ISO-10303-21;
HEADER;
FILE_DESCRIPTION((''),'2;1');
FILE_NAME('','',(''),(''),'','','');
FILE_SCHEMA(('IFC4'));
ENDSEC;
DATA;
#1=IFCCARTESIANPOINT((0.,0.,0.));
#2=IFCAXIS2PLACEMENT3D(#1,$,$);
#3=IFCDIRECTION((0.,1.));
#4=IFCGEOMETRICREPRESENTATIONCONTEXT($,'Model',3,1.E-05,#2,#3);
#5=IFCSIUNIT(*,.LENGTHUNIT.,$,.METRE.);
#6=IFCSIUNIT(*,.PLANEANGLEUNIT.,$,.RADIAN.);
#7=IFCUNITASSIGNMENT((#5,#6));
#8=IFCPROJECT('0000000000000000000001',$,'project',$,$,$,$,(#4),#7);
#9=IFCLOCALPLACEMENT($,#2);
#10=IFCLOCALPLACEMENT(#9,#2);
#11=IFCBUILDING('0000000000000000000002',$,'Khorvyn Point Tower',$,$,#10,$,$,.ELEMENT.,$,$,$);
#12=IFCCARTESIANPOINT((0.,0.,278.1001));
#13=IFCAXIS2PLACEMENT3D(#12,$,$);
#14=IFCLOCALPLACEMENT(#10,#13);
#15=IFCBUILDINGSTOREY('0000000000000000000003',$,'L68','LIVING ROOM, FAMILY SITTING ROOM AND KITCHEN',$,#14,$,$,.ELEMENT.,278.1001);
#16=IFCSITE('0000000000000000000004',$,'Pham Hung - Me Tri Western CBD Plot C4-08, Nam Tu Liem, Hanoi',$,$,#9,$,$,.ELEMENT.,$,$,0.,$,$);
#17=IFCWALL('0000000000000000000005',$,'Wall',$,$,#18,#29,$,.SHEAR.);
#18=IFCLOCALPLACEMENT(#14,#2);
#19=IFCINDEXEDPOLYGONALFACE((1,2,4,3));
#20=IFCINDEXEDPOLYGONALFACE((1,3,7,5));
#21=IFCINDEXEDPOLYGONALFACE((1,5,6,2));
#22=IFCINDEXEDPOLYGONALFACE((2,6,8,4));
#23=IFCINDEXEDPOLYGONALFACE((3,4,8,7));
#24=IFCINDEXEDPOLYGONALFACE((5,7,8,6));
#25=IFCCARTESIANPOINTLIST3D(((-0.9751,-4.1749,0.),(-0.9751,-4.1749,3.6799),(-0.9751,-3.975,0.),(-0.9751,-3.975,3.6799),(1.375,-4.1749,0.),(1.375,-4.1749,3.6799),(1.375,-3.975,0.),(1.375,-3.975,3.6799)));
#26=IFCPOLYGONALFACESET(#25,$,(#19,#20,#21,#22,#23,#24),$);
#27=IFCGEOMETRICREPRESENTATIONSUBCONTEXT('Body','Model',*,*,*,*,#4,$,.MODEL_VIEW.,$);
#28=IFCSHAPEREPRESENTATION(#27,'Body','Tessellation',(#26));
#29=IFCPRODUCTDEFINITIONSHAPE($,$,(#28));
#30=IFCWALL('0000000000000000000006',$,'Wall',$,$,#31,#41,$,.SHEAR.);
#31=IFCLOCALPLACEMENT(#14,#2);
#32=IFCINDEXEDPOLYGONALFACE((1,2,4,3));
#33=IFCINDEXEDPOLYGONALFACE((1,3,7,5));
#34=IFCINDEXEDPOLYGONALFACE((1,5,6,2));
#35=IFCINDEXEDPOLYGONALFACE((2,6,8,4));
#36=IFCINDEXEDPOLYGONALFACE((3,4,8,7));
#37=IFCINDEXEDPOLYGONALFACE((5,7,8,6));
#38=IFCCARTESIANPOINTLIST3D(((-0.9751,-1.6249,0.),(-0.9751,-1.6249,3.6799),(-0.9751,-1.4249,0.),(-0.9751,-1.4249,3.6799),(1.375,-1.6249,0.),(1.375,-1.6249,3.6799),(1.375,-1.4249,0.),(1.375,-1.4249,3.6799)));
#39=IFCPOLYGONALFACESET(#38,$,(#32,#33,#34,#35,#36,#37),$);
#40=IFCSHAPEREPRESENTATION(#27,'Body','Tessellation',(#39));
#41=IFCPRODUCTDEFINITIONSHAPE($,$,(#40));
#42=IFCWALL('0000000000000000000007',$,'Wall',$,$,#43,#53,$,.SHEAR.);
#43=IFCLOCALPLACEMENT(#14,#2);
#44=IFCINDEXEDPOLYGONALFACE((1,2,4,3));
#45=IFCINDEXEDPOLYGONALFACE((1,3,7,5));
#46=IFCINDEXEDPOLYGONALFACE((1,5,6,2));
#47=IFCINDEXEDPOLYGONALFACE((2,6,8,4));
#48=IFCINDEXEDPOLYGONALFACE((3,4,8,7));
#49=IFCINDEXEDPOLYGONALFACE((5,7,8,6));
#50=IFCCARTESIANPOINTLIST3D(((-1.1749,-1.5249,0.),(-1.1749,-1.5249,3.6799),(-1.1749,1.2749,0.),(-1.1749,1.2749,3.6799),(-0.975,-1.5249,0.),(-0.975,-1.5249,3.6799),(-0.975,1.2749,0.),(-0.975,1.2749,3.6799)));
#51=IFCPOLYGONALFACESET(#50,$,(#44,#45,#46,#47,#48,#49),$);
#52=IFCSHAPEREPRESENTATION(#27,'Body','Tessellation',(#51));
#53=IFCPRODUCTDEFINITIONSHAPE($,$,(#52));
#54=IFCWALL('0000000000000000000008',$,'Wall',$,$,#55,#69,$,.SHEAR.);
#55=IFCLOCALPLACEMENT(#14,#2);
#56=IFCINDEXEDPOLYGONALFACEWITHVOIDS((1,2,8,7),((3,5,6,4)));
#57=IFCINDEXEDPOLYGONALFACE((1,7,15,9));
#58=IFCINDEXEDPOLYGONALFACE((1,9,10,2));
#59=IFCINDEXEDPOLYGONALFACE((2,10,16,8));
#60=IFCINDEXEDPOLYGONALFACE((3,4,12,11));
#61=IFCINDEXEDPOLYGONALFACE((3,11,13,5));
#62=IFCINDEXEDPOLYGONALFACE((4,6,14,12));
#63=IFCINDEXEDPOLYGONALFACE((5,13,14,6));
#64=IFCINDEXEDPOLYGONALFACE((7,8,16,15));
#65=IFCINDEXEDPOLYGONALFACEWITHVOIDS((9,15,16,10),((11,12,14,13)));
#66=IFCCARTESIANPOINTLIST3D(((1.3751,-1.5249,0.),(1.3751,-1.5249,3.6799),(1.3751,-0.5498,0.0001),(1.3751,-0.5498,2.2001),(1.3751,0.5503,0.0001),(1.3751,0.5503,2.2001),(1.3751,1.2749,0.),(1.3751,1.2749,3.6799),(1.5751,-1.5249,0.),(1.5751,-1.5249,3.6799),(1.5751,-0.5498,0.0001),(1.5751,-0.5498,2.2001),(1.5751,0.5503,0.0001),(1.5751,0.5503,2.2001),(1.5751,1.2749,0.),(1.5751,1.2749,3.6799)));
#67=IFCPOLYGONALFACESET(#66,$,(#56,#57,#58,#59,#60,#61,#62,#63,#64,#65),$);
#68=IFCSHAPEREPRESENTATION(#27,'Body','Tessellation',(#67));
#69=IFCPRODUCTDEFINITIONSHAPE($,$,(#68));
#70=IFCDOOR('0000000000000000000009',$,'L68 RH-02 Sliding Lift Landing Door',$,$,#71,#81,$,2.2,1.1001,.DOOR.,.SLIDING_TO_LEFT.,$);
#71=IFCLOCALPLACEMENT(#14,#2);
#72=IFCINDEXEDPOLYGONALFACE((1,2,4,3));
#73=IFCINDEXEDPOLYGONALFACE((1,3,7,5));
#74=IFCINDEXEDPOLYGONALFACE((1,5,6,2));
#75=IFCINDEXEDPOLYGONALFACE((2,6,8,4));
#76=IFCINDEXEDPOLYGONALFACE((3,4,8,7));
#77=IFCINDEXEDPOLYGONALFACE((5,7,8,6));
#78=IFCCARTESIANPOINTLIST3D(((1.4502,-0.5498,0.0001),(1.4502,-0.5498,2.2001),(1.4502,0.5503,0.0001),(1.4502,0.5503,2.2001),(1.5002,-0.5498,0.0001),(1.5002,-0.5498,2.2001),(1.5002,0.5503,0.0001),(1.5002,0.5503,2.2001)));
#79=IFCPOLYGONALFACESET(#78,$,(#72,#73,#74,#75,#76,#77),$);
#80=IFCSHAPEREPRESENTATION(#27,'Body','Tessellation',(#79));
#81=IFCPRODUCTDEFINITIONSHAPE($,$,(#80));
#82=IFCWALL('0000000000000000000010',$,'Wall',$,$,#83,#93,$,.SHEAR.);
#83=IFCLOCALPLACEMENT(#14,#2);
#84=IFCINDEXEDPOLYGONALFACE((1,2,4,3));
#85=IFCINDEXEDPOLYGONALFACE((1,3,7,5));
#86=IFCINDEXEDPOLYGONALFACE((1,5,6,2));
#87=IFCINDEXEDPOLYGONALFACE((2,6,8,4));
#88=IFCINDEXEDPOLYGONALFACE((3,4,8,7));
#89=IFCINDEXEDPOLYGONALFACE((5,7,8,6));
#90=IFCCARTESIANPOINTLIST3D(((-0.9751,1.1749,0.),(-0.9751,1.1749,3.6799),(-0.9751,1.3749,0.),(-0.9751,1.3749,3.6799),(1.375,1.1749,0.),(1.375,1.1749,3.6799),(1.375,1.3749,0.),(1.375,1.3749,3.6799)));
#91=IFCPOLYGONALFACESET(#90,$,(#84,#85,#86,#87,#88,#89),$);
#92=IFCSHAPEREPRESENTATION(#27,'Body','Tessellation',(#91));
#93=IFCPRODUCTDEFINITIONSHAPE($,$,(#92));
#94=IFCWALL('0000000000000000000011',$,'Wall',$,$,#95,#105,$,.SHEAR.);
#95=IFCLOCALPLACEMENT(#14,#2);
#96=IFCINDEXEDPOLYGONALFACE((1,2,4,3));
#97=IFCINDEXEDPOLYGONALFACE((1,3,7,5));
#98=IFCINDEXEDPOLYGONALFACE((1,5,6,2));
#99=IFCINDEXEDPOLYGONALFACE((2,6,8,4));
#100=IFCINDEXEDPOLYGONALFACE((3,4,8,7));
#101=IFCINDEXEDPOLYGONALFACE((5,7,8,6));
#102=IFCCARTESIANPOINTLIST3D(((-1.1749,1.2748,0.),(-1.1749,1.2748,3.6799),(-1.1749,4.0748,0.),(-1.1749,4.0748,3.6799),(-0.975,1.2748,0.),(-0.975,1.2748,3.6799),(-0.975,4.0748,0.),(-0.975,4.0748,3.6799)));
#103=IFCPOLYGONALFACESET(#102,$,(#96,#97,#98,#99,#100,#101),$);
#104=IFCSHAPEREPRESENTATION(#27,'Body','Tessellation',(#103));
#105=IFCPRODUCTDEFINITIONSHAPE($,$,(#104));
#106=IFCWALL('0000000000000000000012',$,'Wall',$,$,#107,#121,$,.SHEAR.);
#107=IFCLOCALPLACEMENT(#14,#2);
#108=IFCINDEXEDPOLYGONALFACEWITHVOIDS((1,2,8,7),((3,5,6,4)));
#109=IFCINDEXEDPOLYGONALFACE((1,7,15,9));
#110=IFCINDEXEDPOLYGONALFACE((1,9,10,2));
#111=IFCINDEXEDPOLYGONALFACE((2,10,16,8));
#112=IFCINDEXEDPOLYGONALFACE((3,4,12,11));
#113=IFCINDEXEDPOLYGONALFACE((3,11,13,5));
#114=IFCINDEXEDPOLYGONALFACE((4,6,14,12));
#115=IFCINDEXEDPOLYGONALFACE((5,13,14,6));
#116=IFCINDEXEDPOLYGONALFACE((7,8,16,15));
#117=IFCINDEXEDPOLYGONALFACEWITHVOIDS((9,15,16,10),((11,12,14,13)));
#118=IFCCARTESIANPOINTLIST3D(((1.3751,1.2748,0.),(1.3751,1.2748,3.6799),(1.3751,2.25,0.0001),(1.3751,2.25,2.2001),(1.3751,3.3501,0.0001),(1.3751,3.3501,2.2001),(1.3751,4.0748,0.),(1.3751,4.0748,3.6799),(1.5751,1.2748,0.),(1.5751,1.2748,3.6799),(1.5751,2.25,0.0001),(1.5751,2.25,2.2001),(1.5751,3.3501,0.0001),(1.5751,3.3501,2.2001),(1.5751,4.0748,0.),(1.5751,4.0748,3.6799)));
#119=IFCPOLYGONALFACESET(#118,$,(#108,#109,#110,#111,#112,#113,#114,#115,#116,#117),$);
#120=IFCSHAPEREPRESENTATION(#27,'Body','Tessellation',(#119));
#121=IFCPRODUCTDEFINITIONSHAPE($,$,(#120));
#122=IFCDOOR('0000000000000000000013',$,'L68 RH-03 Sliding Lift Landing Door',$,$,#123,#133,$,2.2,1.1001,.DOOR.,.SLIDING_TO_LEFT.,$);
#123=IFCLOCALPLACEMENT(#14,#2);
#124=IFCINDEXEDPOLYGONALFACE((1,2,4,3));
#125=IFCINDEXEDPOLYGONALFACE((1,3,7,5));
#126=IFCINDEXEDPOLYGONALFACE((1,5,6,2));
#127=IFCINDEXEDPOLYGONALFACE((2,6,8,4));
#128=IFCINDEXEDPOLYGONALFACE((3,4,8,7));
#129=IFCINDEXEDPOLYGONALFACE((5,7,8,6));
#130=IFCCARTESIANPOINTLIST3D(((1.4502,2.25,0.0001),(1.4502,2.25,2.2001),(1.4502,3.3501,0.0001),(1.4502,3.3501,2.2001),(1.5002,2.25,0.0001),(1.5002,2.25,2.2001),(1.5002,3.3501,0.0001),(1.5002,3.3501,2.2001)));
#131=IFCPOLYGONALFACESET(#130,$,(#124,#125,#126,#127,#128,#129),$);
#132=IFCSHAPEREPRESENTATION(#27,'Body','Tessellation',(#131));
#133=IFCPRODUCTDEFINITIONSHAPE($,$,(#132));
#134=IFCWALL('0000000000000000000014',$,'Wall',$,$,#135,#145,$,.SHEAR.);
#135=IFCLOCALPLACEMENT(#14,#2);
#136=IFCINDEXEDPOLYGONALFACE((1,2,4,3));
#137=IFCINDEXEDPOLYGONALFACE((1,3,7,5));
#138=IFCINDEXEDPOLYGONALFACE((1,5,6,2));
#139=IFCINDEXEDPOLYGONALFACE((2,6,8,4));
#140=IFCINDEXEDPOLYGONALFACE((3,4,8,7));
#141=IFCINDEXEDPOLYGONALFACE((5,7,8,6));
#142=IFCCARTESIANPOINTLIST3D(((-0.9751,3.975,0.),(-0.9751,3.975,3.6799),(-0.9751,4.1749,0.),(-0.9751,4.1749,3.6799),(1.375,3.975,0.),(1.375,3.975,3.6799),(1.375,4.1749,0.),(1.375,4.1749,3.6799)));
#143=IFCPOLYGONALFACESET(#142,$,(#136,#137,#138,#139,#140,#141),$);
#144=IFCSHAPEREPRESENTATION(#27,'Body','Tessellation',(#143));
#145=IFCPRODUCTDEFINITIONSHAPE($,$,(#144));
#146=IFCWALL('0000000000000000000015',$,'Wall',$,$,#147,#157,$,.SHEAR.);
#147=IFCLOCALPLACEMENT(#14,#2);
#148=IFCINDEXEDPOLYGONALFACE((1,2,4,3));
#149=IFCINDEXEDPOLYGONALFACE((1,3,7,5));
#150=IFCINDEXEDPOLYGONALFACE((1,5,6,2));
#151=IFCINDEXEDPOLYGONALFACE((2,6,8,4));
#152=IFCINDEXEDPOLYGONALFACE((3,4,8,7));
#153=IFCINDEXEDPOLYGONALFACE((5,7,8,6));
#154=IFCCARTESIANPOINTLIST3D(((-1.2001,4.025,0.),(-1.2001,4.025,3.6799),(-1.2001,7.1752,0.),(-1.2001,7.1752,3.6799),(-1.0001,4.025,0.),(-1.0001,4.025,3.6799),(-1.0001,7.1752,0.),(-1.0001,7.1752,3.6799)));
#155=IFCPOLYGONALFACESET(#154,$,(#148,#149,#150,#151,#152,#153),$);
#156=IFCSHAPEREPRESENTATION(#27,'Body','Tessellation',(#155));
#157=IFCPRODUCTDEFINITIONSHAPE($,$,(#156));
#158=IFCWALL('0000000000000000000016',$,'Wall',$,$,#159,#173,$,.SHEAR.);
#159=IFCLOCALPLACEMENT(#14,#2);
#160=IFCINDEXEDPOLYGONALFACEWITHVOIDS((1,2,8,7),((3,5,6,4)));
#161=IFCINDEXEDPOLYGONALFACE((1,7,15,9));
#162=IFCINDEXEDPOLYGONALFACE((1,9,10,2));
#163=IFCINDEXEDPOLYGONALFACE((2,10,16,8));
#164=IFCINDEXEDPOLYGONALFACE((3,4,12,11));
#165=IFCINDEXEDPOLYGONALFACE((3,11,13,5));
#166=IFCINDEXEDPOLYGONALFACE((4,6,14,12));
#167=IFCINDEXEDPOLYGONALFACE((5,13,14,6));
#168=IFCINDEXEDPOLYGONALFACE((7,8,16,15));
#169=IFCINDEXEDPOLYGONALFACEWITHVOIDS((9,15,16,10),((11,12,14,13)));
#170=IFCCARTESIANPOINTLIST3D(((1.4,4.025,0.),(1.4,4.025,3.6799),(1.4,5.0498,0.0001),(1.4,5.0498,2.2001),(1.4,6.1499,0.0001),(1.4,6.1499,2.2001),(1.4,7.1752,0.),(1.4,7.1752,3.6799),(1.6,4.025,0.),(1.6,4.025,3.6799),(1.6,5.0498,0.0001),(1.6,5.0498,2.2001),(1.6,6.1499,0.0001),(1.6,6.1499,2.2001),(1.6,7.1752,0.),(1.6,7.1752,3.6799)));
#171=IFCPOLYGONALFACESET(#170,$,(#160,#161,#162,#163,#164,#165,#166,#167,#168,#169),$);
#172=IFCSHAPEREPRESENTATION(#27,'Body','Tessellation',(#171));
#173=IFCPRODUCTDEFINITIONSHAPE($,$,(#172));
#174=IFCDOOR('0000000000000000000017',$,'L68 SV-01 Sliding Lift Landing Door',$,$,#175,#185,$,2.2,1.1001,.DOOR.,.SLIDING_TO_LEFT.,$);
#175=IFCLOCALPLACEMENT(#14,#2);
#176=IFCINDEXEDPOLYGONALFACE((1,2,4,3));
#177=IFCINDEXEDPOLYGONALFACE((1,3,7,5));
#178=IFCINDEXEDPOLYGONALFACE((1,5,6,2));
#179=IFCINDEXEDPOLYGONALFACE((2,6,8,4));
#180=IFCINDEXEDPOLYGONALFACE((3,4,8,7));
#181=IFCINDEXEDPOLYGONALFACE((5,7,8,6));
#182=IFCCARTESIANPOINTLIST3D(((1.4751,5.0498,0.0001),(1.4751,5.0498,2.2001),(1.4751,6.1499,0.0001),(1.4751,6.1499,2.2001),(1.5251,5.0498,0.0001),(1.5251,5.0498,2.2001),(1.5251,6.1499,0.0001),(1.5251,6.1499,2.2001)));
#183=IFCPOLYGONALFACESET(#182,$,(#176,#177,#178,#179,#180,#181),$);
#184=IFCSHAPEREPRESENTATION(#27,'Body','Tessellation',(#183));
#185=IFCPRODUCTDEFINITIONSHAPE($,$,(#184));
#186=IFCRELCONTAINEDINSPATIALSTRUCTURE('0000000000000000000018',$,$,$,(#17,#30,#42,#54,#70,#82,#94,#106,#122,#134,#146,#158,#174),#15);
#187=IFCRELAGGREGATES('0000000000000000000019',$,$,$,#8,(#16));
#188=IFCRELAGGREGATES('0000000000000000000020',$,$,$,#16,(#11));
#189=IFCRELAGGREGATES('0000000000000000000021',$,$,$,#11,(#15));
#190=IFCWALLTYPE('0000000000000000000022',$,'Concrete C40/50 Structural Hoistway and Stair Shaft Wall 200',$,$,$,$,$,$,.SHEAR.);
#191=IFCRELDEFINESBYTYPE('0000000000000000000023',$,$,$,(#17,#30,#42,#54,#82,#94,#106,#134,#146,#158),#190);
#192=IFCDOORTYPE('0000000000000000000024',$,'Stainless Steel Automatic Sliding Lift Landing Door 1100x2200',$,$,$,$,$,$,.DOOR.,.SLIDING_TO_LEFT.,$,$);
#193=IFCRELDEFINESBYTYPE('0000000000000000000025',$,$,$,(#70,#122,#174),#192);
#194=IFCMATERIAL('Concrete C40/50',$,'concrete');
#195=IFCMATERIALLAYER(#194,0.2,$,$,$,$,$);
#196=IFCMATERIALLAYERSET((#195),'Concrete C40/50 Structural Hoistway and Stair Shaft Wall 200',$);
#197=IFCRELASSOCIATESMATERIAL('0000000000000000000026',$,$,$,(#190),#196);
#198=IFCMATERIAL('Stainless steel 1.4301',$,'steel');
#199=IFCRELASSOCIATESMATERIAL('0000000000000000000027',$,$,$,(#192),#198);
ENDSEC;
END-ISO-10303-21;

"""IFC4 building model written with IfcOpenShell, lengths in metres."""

from ifc_helpers import new_model, si_unit, direction, frame, frame_2d, origin, place, context, subcontext, project, spatial, rectangle, extrude, material, layer, layer_set, type_object, element, fill, save


model = new_model("IFC4")

# Units and contexts
model_context = context("Model", 3, precision=1e-05, world=origin(), true_north=direction((0.0, 1.0)))
body_context = subcontext(model_context, "Body", "Model", "MODEL_VIEW")
ifc_project = project(units=[si_unit("LENGTHUNIT", "METRE"), si_unit("PLANEANGLEUNIT", "RADIAN")], contexts=[model_context])

# Site, building, storey
site_placement = place(None, origin())
site = spatial("IfcSite", under=ifc_project, at=site_placement, Name="Pham Hung - Me Tri Western CBD Plot C4-08, Nam Tu Liem, Hanoi", CompositionType="ELEMENT", RefElevation=0.0)
building_placement = place(site_placement, origin())
building = spatial("IfcBuilding", under=site, at=building_placement, Name="Khorvyn Point Tower", CompositionType="ELEMENT")
storey_placement = place(building_placement, frame((0.0, 0.0, 278.1001)))
storey = spatial("IfcBuildingStorey", under=building, at=storey_placement, Name="L68", Description="LIVING ROOM, FAMILY SITTING ROOM AND KITCHEN", CompositionType="ELEMENT", Elevation=278.1001)

# Shared definitions
ifc_material_1 = material(Name="Concrete C40/50", Category="concrete")

# Walls
ifc_layer_1 = layer(ifc_material_1, 0.2)
ifc_layer_set_1 = layer_set([ifc_layer_1], Name="Concrete C40/50 Structural Hoistway and Stair Shaft Wall 200")
wall_type_1 = type_object("IfcWallType", Name="Concrete C40/50 Structural Hoistway and Stair Shaft Wall 200", PredefinedType="SHEAR", material=ifc_layer_set_1)
for number, where, z_axis, x_axis, name in (
    (1, (-0.9751, -4.075, 0.0), (0.0, 0.0, 1.0), (1.0, 0.0, 0.0), "Wall"),
    (2, (-0.9751, -1.5249, 0.0), (0.0, 0.0, 1.0), (1.0, 0.0, 0.0), "Wall"),
):
    element("IfcWall", number, at=place(storey_placement, frame(where, z_axis=z_axis, x_axis=x_axis)), inside=storey, type_object=wall_type_1, Name=name, PredefinedType="SHEAR", context=body_context, shape_type="SweptSolid", body=[
        extrude(rectangle(XDim=2.3501, YDim=0.2, at=frame_2d((1.175, 0.0))), origin(), (0.0, 0.0, 1.0), 3.6799),
    ])
wall_1_placement = place(storey_placement, frame((-1.075, -1.5249, 0.0), z_axis=(0.0, 0.0, 1.0), x_axis=(0.0, 1.0, 0.0)))
element("IfcWall", 3, at=wall_1_placement, inside=storey, type_object=wall_type_1, Name="Wall", PredefinedType="SHEAR", context=body_context, shape_type="SweptSolid", body=[
    extrude(rectangle(XDim=2.7998, YDim=0.2, at=frame_2d((1.3999, 0.0))), origin(), (0.0, 0.0, 1.0), 3.6799),
])

# Wall, opening, door
wall_2_placement = place(storey_placement, frame((1.4751, -1.5249, 0.0), z_axis=(0.0, 0.0, 1.0), x_axis=(0.0, 1.0, 0.0)))
wall_2 = element("IfcWall", 4, at=wall_2_placement, inside=storey, type_object=wall_type_1, Name="Wall", PredefinedType="SHEAR", context=body_context, shape_type="SweptSolid", body=[
    extrude(rectangle(XDim=2.7998, YDim=0.2, at=frame_2d((1.3999, 0.0))), origin(), (0.0, 0.0, 1.0), 3.6799),
])
opening_1_placement = place(wall_2_placement, frame((0.9751, 0.0, 0.0)))
opening_1 = element("IfcOpeningElement", 5, at=opening_1_placement, cuts=wall_2, PredefinedType="OPENING", context=body_context, shape_type="SweptSolid", body=[
    extrude(rectangle(XDim=1.1001, YDim=2.2, at=frame_2d((0.55, 1.1001))), frame((0.0, 0.1099, 0.0), z_axis=(0.0, -1.0, 0.0), x_axis=(1.0, 0.0, 0.0)), (0.0, 0.0, 1.0), 0.22),
])
ifc_material_2 = material(Name="Stainless steel 1.4301", Category="steel")
door_type = type_object("IfcDoorType", Name="Stainless Steel Automatic Sliding Lift Landing Door 1100x2200", OperationType="SLIDING_TO_LEFT", PredefinedType="DOOR", material=ifc_material_2)
door_1_placement = place(opening_1_placement, origin())
door_1 = element("IfcDoor", 6, at=door_1_placement, inside=storey, type_object=door_type, Name="L68 RH-02 Sliding Lift Landing Door", OperationType="SLIDING_TO_LEFT", OverallHeight=2.2, OverallWidth=1.1001, PredefinedType="DOOR", context=body_context, shape_type="SweptSolid", body=[
    extrude(rectangle(XDim=1.1001, YDim=2.2, at=frame_2d((0.55, 1.1001))), frame((0.0, 0.0249, 0.0), z_axis=(0.0, -1.0, 0.0), x_axis=(1.0, 0.0, 0.0)), (0.0, 0.0, 1.0), 0.05),
])
fill(opening_1, door_1)

# Walls
wall_3_placement = place(storey_placement, frame((-0.9751, 1.2749, 0.0), z_axis=(0.0, 0.0, 1.0), x_axis=(1.0, 0.0, 0.0)))
element("IfcWall", 7, at=wall_3_placement, inside=storey, type_object=wall_type_1, Name="Wall", PredefinedType="SHEAR", context=body_context, shape_type="SweptSolid", body=[
    extrude(rectangle(XDim=2.3501, YDim=0.2, at=frame_2d((1.175, 0.0))), origin(), (0.0, 0.0, 1.0), 3.6799),
])
wall_4_placement = place(storey_placement, frame((-1.075, 1.2749, 0.0), z_axis=(0.0, 0.0, 1.0), x_axis=(0.0, 1.0, 0.0)))
element("IfcWall", 8, at=wall_4_placement, inside=storey, type_object=wall_type_1, Name="Wall", PredefinedType="SHEAR", context=body_context, shape_type="SweptSolid", body=[
    extrude(rectangle(XDim=2.8, YDim=0.2, at=frame_2d((1.3999, 0.0))), origin(), (0.0, 0.0, 1.0), 3.6799),
])

# Wall, opening, door
wall_5_placement = place(storey_placement, frame((1.4751, 1.2749, 0.0), z_axis=(0.0, 0.0, 1.0), x_axis=(0.0, 1.0, 0.0)))
wall_5 = element("IfcWall", 9, at=wall_5_placement, inside=storey, type_object=wall_type_1, Name="Wall", PredefinedType="SHEAR", context=body_context, shape_type="SweptSolid", body=[
    extrude(rectangle(XDim=2.8, YDim=0.2, at=frame_2d((1.3999, 0.0))), origin(), (0.0, 0.0, 1.0), 3.6799),
])
opening_2_placement = place(wall_5_placement, frame((0.9751, 0.0, 0.0)))
opening_2 = element("IfcOpeningElement", 10, at=opening_2_placement, cuts=wall_5, PredefinedType="OPENING", context=body_context, shape_type="SweptSolid", body=[
    extrude(rectangle(XDim=1.1001, YDim=2.2, at=frame_2d((0.55, 1.1001))), frame((0.0, 0.1099, 0.0), z_axis=(0.0, -1.0, 0.0), x_axis=(1.0, 0.0, 0.0)), (0.0, 0.0, 1.0), 0.22),
])
door_2_placement = place(opening_2_placement, origin())
door_2 = element("IfcDoor", 11, at=door_2_placement, inside=storey, type_object=door_type, Name="L68 RH-03 Sliding Lift Landing Door", OperationType="SLIDING_TO_LEFT", OverallHeight=2.2, OverallWidth=1.1001, PredefinedType="DOOR", context=body_context, shape_type="SweptSolid", body=[
    extrude(rectangle(XDim=1.1001, YDim=2.2, at=frame_2d((0.55, 1.1001))), frame((0.0, 0.0249, 0.0), z_axis=(0.0, -1.0, 0.0), x_axis=(1.0, 0.0, 0.0)), (0.0, 0.0, 1.0), 0.05),
])
fill(opening_2, door_2)

# Walls
wall_6_placement = place(storey_placement, frame((-0.9751, 4.075, 0.0), z_axis=(0.0, 0.0, 1.0), x_axis=(1.0, 0.0, 0.0)))
element("IfcWall", 12, at=wall_6_placement, inside=storey, type_object=wall_type_1, Name="Wall", PredefinedType="SHEAR", context=body_context, shape_type="SweptSolid", body=[
    extrude(rectangle(XDim=2.3501, YDim=0.2, at=frame_2d((1.175, 0.0))), origin(), (0.0, 0.0, 1.0), 3.6799),
])
wall_7_placement = place(storey_placement, frame((-1.1001, 4.0249, 0.0), z_axis=(0.0, 0.0, 1.0), x_axis=(0.0, 1.0, 0.0)))
element("IfcWall", 13, at=wall_7_placement, inside=storey, type_object=wall_type_1, Name="Wall", PredefinedType="SHEAR", context=body_context, shape_type="SweptSolid", body=[
    extrude(rectangle(XDim=3.1501, YDim=0.2, at=frame_2d((1.5752, 0.0))), origin(), (0.0, 0.0, 1.0), 3.6799),
])

# Wall, opening, door
wall_8_placement = place(storey_placement, frame((1.5, 4.0249, 0.0), z_axis=(0.0, 0.0, 1.0), x_axis=(0.0, 1.0, 0.0)))
wall_8 = element("IfcWall", 14, at=wall_8_placement, inside=storey, type_object=wall_type_1, Name="Wall", PredefinedType="SHEAR", context=body_context, shape_type="SweptSolid", body=[
    extrude(rectangle(XDim=3.1501, YDim=0.2, at=frame_2d((1.5752, 0.0))), origin(), (0.0, 0.0, 1.0), 3.6799),
])
opening_3_placement = place(wall_8_placement, frame((1.0249, 0.0, 0.0)))
opening_3 = element("IfcOpeningElement", 15, at=opening_3_placement, cuts=wall_8, PredefinedType="OPENING", context=body_context, shape_type="SweptSolid", body=[
    extrude(rectangle(XDim=1.1001, YDim=2.2, at=frame_2d((0.55, 1.1001))), frame((0.0, 0.1099, 0.0), z_axis=(0.0, -1.0, 0.0), x_axis=(1.0, 0.0, 0.0)), (0.0, 0.0, 1.0), 0.22),
])
door_3_placement = place(opening_3_placement, origin())
door_3 = element("IfcDoor", 16, at=door_3_placement, inside=storey, type_object=door_type, Name="L68 SV-01 Sliding Lift Landing Door", OperationType="SLIDING_TO_LEFT", OverallHeight=2.2, OverallWidth=1.1001, PredefinedType="DOOR", context=body_context, shape_type="SweptSolid", body=[
    extrude(rectangle(XDim=1.1001, YDim=2.2, at=frame_2d((0.55, 1.1001))), frame((0.0, 0.0249, 0.0), z_axis=(0.0, -1.0, 0.0), x_axis=(1.0, 0.0, 0.0)), (0.0, 0.0, 1.0), 0.05),
])
fill(opening_3, door_3)

save(model, "model.ifc")
